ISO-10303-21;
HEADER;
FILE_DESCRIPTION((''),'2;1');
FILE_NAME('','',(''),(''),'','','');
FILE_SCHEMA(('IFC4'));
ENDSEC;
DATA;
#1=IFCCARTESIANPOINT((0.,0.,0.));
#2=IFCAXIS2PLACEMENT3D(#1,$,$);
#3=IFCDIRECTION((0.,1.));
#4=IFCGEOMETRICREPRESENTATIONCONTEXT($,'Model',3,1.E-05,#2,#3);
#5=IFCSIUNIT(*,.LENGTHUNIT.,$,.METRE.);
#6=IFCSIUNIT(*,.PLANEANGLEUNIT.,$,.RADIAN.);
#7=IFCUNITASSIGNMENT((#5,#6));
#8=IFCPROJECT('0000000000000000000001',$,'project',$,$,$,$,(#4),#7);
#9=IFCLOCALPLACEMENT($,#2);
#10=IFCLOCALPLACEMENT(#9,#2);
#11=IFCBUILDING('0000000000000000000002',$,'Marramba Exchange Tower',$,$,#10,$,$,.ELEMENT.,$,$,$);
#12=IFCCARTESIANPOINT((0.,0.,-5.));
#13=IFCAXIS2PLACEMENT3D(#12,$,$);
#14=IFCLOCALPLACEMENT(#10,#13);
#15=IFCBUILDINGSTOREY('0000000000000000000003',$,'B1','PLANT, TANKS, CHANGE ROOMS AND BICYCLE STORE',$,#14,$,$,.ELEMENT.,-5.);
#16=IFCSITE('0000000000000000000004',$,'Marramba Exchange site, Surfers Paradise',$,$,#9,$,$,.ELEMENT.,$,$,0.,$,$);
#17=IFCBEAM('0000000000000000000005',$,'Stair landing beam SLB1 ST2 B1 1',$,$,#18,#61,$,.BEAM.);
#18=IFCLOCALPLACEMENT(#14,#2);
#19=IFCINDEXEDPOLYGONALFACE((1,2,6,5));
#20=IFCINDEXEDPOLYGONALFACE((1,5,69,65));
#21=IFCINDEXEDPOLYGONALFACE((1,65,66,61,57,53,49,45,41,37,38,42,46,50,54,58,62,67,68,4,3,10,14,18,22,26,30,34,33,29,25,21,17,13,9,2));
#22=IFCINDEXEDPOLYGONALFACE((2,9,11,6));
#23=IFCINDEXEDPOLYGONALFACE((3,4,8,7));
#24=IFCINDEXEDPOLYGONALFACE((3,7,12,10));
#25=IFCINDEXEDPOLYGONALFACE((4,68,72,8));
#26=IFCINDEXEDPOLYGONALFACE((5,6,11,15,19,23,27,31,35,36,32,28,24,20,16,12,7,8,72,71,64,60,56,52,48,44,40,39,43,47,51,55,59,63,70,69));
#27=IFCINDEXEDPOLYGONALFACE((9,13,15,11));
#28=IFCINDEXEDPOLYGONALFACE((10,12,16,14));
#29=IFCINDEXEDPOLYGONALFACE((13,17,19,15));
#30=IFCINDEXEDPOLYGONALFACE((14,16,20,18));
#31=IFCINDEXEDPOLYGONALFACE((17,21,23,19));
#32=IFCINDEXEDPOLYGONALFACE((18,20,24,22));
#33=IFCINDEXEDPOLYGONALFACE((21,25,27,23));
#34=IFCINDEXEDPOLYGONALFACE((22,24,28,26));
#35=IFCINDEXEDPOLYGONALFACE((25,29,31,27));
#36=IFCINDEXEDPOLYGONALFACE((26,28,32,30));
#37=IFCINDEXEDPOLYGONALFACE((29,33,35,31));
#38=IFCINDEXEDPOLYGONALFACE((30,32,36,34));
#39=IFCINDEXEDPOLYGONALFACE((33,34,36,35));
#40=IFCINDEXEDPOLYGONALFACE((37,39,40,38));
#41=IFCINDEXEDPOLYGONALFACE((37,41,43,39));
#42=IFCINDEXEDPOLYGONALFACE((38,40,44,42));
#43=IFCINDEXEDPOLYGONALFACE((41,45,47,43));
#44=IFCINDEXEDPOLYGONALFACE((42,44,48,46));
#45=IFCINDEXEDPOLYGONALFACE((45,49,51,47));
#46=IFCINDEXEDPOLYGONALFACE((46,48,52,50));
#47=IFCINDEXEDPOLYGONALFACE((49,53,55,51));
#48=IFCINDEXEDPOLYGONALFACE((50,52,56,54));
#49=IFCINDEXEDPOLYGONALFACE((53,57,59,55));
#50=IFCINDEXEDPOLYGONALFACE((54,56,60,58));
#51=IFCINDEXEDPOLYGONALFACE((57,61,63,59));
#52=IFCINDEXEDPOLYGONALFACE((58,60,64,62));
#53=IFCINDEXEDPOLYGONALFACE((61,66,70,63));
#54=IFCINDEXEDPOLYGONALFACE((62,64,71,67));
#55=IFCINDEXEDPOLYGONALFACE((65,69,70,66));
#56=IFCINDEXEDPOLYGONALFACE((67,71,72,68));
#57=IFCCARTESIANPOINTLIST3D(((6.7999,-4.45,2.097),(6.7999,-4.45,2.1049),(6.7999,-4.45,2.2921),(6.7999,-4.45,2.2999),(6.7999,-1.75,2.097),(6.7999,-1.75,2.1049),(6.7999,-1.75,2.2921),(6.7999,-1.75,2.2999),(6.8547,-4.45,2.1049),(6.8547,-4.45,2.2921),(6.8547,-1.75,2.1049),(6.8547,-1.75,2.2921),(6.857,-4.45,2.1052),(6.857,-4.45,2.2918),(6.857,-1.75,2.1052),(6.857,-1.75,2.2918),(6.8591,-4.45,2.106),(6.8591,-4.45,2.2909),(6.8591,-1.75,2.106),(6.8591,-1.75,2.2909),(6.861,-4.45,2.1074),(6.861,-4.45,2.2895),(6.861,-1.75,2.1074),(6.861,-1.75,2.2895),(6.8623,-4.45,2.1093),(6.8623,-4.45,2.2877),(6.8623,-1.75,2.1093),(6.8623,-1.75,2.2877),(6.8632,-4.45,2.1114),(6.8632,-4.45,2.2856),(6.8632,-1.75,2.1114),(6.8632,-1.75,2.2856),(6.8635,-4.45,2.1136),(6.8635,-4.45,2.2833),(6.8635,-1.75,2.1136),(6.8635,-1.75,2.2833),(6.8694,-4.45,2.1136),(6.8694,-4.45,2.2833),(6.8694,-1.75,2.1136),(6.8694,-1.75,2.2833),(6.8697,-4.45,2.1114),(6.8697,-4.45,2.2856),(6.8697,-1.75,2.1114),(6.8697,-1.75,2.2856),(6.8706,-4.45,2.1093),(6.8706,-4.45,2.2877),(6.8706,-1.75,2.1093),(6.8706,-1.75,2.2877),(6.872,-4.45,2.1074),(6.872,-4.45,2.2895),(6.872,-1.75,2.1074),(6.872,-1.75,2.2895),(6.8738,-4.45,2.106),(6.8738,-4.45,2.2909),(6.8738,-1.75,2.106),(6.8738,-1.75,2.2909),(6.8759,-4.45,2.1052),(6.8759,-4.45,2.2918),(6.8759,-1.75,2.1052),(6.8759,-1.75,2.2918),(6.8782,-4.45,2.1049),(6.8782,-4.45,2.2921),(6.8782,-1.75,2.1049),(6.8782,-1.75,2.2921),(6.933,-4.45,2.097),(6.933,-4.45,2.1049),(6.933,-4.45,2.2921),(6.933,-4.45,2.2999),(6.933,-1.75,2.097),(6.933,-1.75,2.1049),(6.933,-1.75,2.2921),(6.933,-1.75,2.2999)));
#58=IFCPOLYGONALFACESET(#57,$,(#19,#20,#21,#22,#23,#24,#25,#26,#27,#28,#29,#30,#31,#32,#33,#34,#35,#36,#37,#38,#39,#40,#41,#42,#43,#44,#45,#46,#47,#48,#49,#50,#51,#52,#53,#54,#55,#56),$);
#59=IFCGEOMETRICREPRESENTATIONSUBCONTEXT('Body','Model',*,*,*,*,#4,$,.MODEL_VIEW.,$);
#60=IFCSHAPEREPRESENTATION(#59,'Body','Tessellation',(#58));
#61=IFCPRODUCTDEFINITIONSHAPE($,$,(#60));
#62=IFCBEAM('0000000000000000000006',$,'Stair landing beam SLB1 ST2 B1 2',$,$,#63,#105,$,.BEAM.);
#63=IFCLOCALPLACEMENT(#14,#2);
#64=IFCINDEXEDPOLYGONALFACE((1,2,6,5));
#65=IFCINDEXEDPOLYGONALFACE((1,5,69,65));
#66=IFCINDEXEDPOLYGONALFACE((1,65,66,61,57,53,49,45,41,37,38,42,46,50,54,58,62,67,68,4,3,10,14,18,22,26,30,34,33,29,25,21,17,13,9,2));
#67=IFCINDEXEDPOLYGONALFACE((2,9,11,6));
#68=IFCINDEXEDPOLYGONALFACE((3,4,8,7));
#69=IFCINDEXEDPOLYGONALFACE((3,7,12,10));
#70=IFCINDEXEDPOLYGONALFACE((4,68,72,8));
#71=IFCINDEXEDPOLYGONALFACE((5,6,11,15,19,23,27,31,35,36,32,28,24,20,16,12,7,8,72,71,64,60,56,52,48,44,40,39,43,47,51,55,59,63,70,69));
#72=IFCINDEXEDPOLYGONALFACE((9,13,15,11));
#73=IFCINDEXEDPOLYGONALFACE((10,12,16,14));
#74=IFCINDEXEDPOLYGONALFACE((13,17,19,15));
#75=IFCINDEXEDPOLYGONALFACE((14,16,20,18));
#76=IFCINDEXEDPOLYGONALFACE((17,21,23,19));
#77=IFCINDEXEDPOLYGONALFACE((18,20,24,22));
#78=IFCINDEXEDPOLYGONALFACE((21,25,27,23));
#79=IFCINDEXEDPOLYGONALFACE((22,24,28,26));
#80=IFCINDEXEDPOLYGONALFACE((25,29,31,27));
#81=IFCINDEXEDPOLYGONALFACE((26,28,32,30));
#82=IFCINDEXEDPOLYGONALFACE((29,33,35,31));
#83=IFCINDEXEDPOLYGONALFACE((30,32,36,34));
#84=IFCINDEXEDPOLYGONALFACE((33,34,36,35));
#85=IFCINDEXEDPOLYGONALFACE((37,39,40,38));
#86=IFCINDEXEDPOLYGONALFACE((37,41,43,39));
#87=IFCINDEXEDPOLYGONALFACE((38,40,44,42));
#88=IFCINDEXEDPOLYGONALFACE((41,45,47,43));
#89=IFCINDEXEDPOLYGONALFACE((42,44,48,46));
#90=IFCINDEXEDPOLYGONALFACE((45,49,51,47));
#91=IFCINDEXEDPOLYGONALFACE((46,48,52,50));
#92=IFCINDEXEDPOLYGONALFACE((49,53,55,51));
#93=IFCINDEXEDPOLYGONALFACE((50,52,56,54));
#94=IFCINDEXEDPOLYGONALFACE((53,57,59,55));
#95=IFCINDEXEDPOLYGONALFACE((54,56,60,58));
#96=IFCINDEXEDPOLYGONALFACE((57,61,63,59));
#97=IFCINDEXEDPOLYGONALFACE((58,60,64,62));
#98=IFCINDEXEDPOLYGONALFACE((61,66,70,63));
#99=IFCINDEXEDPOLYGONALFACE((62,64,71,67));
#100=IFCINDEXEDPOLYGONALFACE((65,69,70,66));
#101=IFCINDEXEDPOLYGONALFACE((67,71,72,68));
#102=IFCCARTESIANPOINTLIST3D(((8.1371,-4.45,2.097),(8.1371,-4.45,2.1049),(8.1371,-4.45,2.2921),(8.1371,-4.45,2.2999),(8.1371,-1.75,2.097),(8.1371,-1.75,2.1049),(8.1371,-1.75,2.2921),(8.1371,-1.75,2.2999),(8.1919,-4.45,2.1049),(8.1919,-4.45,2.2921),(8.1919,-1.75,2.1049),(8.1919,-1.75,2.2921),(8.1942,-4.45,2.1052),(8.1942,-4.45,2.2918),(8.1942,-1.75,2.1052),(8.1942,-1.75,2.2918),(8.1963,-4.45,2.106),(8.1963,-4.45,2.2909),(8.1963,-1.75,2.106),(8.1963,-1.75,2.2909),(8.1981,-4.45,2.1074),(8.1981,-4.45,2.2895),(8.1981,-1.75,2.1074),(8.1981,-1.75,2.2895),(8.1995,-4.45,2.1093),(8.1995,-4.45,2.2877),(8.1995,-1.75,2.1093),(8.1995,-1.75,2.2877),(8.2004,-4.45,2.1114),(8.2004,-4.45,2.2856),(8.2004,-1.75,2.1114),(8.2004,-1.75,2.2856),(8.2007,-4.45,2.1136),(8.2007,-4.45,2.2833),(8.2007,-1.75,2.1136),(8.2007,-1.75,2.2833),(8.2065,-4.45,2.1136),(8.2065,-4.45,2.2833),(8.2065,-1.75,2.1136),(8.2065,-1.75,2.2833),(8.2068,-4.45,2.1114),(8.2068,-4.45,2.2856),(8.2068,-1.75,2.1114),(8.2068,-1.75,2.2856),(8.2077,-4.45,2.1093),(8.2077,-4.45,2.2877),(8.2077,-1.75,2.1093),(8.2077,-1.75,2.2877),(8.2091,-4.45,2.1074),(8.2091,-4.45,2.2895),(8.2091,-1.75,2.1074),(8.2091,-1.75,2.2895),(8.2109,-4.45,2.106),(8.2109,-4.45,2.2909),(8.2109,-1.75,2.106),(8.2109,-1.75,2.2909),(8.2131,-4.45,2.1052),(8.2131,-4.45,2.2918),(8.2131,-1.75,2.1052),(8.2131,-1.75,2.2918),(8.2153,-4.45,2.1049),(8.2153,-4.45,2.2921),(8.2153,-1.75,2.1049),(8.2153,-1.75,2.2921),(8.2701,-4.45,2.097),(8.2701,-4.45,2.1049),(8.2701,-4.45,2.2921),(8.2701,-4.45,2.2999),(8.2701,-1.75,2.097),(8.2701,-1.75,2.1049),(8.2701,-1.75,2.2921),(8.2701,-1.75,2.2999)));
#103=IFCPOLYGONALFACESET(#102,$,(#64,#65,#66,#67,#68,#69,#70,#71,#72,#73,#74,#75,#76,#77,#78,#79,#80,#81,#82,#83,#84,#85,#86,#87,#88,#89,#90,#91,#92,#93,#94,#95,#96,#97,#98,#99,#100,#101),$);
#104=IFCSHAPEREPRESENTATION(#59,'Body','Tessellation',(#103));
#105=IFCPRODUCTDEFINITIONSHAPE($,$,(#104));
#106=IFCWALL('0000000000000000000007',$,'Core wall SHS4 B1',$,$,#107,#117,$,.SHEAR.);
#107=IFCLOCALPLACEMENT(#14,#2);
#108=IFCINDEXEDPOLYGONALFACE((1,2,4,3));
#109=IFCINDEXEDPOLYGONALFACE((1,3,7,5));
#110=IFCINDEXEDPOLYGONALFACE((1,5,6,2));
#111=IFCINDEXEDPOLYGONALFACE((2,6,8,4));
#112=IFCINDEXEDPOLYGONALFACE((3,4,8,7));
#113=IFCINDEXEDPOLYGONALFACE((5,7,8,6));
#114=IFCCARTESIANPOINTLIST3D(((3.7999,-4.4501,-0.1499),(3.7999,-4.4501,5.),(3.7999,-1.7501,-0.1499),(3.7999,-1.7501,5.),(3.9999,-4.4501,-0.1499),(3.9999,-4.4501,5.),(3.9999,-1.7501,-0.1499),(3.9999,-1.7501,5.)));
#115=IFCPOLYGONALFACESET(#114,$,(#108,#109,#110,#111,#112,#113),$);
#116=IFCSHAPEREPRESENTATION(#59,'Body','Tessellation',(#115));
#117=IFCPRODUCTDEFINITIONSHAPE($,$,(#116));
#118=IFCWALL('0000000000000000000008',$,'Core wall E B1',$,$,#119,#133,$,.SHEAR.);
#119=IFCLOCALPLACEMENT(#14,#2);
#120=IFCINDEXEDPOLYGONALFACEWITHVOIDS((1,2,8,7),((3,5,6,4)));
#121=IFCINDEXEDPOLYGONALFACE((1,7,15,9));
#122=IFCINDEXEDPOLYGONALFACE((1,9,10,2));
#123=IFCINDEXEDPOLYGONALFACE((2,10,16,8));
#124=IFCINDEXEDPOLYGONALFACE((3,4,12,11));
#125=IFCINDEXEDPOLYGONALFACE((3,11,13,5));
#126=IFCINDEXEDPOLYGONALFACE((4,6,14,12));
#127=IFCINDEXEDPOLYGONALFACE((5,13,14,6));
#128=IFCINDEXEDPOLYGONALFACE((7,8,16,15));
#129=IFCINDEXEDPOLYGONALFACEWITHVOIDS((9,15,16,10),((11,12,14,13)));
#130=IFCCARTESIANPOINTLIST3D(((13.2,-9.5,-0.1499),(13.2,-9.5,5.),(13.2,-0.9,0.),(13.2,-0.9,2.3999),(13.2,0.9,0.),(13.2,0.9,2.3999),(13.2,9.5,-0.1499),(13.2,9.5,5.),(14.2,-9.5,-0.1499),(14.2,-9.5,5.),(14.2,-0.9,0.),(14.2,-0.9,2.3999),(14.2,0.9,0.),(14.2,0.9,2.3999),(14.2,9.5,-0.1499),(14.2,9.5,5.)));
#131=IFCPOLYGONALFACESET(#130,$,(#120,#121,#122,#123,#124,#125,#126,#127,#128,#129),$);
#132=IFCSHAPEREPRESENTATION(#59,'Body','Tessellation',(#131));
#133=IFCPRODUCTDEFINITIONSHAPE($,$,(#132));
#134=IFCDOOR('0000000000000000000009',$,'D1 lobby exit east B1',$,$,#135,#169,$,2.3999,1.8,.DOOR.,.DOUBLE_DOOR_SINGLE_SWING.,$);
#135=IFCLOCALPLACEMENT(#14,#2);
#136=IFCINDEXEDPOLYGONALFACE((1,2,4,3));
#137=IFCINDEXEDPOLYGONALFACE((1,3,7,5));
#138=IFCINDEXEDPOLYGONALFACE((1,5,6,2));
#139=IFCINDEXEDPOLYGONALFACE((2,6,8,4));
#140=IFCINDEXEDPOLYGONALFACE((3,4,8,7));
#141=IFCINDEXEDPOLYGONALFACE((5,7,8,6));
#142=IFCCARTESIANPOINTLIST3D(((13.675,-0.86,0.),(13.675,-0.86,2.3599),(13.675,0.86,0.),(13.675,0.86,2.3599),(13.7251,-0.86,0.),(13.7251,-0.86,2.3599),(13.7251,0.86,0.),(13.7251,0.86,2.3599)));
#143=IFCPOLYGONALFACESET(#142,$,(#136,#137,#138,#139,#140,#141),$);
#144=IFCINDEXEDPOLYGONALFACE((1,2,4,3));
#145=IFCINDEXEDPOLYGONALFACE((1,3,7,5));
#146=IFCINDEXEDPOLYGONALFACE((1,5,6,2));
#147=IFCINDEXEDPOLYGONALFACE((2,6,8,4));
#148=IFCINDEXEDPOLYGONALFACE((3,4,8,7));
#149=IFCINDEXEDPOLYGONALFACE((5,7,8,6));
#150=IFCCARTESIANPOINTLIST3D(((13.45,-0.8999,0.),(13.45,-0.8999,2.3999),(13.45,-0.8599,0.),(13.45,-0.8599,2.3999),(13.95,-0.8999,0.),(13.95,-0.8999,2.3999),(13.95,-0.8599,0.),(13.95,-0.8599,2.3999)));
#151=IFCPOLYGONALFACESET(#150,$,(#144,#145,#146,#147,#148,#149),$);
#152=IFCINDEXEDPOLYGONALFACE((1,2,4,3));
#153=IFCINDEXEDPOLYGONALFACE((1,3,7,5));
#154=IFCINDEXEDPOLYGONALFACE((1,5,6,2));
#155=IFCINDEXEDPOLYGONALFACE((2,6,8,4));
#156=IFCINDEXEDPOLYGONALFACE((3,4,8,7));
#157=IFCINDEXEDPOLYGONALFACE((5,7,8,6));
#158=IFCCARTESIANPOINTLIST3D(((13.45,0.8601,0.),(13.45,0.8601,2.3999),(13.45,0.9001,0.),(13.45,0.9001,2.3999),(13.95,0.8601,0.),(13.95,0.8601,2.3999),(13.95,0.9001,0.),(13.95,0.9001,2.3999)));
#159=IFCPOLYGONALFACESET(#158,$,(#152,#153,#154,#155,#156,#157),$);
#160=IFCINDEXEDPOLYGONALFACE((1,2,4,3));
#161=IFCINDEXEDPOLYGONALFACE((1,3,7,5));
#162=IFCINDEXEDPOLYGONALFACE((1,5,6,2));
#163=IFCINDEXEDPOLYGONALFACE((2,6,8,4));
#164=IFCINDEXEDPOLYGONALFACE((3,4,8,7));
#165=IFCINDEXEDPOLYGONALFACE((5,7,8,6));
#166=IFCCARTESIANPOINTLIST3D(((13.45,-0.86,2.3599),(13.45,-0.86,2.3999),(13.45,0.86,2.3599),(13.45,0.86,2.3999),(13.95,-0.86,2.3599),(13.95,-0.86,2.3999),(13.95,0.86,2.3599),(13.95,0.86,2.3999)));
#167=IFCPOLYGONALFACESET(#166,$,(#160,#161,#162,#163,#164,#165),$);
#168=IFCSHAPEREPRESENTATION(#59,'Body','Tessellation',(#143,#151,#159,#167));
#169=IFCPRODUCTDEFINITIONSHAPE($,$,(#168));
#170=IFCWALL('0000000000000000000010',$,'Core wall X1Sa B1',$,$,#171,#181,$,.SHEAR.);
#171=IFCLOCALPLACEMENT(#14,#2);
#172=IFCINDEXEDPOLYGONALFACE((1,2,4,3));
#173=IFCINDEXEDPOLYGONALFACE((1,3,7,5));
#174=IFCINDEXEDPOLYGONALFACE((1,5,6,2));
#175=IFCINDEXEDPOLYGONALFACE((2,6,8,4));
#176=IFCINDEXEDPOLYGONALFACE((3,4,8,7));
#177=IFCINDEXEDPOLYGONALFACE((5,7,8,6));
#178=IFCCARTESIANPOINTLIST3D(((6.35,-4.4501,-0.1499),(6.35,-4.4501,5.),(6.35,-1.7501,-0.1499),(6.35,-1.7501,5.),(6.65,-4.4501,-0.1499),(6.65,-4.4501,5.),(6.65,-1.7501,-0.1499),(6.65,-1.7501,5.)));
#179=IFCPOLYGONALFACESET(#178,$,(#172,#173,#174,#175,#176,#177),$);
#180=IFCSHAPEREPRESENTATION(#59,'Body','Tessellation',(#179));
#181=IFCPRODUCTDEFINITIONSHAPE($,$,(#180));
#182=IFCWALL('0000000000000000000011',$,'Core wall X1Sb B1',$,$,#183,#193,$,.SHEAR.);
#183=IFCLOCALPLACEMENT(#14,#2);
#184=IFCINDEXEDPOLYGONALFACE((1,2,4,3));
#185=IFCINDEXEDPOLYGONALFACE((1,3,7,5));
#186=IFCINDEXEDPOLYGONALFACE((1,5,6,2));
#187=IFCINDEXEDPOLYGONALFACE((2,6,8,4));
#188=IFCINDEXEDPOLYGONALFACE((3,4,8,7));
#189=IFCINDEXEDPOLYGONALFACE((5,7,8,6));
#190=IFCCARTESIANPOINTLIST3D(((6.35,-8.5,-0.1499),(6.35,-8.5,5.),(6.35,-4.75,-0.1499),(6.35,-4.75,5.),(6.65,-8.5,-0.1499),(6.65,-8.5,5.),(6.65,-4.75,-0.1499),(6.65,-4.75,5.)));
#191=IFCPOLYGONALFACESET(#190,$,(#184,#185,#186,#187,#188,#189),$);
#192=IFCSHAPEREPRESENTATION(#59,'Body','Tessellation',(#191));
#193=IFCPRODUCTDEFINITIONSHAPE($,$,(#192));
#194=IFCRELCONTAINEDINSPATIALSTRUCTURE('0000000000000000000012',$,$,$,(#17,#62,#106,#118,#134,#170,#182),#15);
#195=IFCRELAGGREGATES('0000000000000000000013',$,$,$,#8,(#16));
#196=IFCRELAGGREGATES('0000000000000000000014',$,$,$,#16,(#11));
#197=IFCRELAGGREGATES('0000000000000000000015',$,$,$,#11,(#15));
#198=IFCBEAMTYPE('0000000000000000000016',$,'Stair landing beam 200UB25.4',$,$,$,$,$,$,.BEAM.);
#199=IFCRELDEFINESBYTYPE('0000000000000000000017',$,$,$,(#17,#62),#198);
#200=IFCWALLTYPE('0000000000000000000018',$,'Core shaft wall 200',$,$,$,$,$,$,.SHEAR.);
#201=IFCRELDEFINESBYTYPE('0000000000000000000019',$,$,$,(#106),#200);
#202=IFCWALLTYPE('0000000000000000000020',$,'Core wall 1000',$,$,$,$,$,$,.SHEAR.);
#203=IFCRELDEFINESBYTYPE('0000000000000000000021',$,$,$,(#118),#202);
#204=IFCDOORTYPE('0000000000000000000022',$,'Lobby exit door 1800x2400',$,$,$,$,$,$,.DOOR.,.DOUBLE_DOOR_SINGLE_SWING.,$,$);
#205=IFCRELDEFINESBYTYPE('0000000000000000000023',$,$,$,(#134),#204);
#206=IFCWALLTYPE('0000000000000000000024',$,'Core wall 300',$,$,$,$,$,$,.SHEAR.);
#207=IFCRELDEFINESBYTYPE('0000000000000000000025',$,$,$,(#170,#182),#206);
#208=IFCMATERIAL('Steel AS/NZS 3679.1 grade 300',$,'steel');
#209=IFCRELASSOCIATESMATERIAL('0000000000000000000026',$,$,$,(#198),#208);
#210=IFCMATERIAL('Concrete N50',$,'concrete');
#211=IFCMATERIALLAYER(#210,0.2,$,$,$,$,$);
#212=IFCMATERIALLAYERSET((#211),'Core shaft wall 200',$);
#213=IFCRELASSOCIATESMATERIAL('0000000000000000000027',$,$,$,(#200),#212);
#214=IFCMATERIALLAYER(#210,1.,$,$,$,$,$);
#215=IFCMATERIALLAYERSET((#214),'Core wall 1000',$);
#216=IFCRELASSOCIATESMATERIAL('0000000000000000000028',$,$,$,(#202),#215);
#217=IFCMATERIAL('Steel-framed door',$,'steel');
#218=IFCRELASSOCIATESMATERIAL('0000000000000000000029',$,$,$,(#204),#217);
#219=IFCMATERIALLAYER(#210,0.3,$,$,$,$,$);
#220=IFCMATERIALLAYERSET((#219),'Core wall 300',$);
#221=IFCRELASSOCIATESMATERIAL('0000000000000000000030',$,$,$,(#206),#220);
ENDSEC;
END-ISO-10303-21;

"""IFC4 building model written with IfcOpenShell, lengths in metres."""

from ifc_helpers import new_model, si_unit, direction, frame, frame_2d, origin, origin_2d, place, context, subcontext, project, spatial, rectangle, i_section, extrude, material, layer, layer_set, material_profile, profile_set, type_object, element, fill, save


model = new_model("IFC4")

# Units and contexts
model_context = context("Model", 3, precision=1e-05, world=origin(), true_north=direction((0.0, 1.0)))
body_context = subcontext(model_context, "Body", "Model", "MODEL_VIEW")
ifc_project = project(units=[si_unit("LENGTHUNIT", "METRE"), si_unit("PLANEANGLEUNIT", "RADIAN")], contexts=[model_context])

# Site, building, storey
site_placement = place(None, origin())
site = spatial("IfcSite", under=ifc_project, at=site_placement, Name="Marramba Exchange site, Surfers Paradise", CompositionType="ELEMENT", RefElevation=0.0)
building_placement = place(site_placement, origin())
building = spatial("IfcBuilding", under=site, at=building_placement, Name="Marramba Exchange Tower", CompositionType="ELEMENT")
storey_placement = place(building_placement, frame((0.0, 0.0, -5.0)))
storey = spatial("IfcBuildingStorey", under=building, at=storey_placement, Name="B1", Description="PLANT, TANKS, CHANGE ROOMS AND BICYCLE STORE", CompositionType="ELEMENT", Elevation=-5.0)

# Shared definitions
ifc_material_1 = material(Name="Concrete N50", Category="concrete")

# Beams
ifc_material_2 = material(Name="Steel AS/NZS 3679.1 grade 300", Category="steel")
ifc_material_profile_1 = material_profile(ifc_material_2, i_section(OverallWidth=0.1331, OverallDepth=0.2029, WebThickness=0.0059, FlangeThickness=0.0078, FilletRadius=0.0088, at=origin_2d()), Name="200UB25.4")
ifc_profile_set_1 = profile_set([ifc_material_profile_1], Name="Steel AS/NZS 3679.1 grade 300")
beam_type = type_object("IfcBeamType", Name="Stair landing beam 200UB25.4", PredefinedType="BEAM", material=ifc_profile_set_1)
for number, where, z_axis, x_axis, name in (
    (1, (6.8665, -4.45, 2.1985), (0.0, 1.0, 0.0), (-1.0, 0.0, 0.0), "Stair landing beam SLB1 ST2 B1 1"),
    (2, (8.2036, -4.45, 2.1985), (0.0, 1.0, 0.0), (-1.0, 0.0, 0.0), "Stair landing beam SLB1 ST2 B1 2"),
):
    element("IfcBeam", number, at=place(storey_placement, frame(where, z_axis=z_axis, x_axis=x_axis)), inside=storey, type_object=beam_type, Name=name, PredefinedType="BEAM", context=body_context, shape_type="SweptSolid", body=[
        extrude(i_section(OverallWidth=0.1331, OverallDepth=0.2029, WebThickness=0.0059, FlangeThickness=0.0078, FilletRadius=0.0088, at=origin_2d()), origin(), (0.0, 0.0, 1.0), 2.7),
    ])

# Wall
ifc_layer_1 = layer(ifc_material_1, 0.2)
ifc_layer_set_1 = layer_set([ifc_layer_1], Name="Core shaft wall 200")
wall_type_1 = type_object("IfcWallType", Name="Core shaft wall 200", PredefinedType="SHEAR", material=ifc_layer_set_1)
wall_1_placement = place(storey_placement, frame((3.8999, -1.75, -0.1499), z_axis=(0.0, 0.0, 1.0), x_axis=(0.0, -1.0, 0.0)))
element("IfcWall", 3, at=wall_1_placement, inside=storey, type_object=wall_type_1, Name="Core wall SHS4 B1", PredefinedType="SHEAR", context=body_context, shape_type="SweptSolid", body=[
    extrude(rectangle(XDim=2.7, YDim=0.2, at=frame_2d((1.3501, 0.0))), origin(), (0.0, 0.0, 1.0), 5.1499),
])

# Wall, opening, door
ifc_layer_2 = layer(ifc_material_1, 1.0)
ifc_layer_set_2 = layer_set([ifc_layer_2], Name="Core wall 1000")
wall_type_2 = type_object("IfcWallType", Name="Core wall 1000", PredefinedType="SHEAR", material=ifc_layer_set_2)
wall_2_placement = place(storey_placement, frame((13.7, -9.5, -0.1499), z_axis=(0.0, 0.0, 1.0), x_axis=(0.0, 1.0, 0.0)))
wall_2 = element("IfcWall", 4, at=wall_2_placement, inside=storey, type_object=wall_type_2, Name="Core wall E B1", PredefinedType="SHEAR", context=body_context, shape_type="SweptSolid", body=[
    extrude(rectangle(XDim=19.0, YDim=1.0, at=frame_2d((9.5, 0.0))), origin(), (0.0, 0.0, 1.0), 5.1499),
])
opening_1_placement = place(wall_2_placement, frame((8.6001, 0.0, 0.1499)))
opening_1 = element("IfcOpeningElement", 5, at=opening_1_placement, cuts=wall_2, PredefinedType="OPENING", context=body_context, shape_type="SweptSolid", body=[
    extrude(rectangle(XDim=1.8, YDim=2.3999, at=frame_2d((0.8999, 1.2))), frame((0.0, 0.51, 0.0), z_axis=(0.0, -1.0, 0.0), x_axis=(1.0, 0.0, 0.0)), (0.0, 0.0, 1.0), 1.02),
])
ifc_material_3 = material(Name="Steel-framed door", Category="steel")
door_type_1 = type_object("IfcDoorType", Name="Lobby exit door 1800x2400", OperationType="DOUBLE_DOOR_SINGLE_SWING", PredefinedType="DOOR", material=ifc_material_3)
door_1_placement = place(opening_1_placement, origin())
door_1 = element("IfcDoor", 6, at=door_1_placement, inside=storey, type_object=door_type_1, Name="D1 lobby exit east B1", OperationType="DOUBLE_DOOR_SINGLE_SWING", OverallHeight=2.3999, OverallWidth=1.8, PredefinedType="DOOR", context=body_context, shape_type="SweptSolid", body=[
    extrude(rectangle(XDim=1.72, YDim=2.3599, at=frame_2d((0.8999, 1.1799))), frame((0.0, 0.0249, 0.0), z_axis=(0.0, -1.0, 0.0), x_axis=(1.0, 0.0, 0.0)), (0.0, 0.0, 1.0), 0.05),
    extrude(rectangle(XDim=0.04, YDim=2.3999, at=frame_2d((0.02, 1.2))), frame((0.0, 0.25, 0.0), z_axis=(0.0, -1.0, 0.0), x_axis=(1.0, 0.0, 0.0)), (0.0, 0.0, 1.0), 0.5),
    extrude(rectangle(XDim=0.04, YDim=2.3999, at=frame_2d((1.78, 1.2))), frame((0.0, 0.25, 0.0), z_axis=(0.0, -1.0, 0.0), x_axis=(1.0, 0.0, 0.0)), (0.0, 0.0, 1.0), 0.5),
    extrude(rectangle(XDim=1.72, YDim=0.04, at=frame_2d((0.8999, 2.3799))), frame((0.0, 0.25, 0.0), z_axis=(0.0, -1.0, 0.0), x_axis=(1.0, 0.0, 0.0)), (0.0, 0.0, 1.0), 0.5),
])
fill(opening_1, door_1)

# Walls
ifc_layer_3 = layer(ifc_material_1, 0.3)
ifc_layer_set_3 = layer_set([ifc_layer_3], Name="Core wall 300")
wall_type_3 = type_object("IfcWallType", Name="Core wall 300", PredefinedType="SHEAR", material=ifc_layer_set_3)
wall_3_placement = place(storey_placement, frame((6.5, -1.75, -0.1499), z_axis=(0.0, 0.0, 1.0), x_axis=(0.0, -1.0, 0.0)))
element("IfcWall", 7, at=wall_3_placement, inside=storey, type_object=wall_type_3, Name="Core wall X1Sa B1", PredefinedType="SHEAR", context=body_context, shape_type="SweptSolid", body=[
    extrude(rectangle(XDim=2.7, YDim=0.3, at=frame_2d((1.3501, 0.0))), origin(), (0.0, 0.0, 1.0), 5.1499),
])
wall_4_placement = place(storey_placement, frame((6.5, -4.75, -0.1499), z_axis=(0.0, 0.0, 1.0), x_axis=(0.0, -1.0, 0.0)))
element("IfcWall", 8, at=wall_4_placement, inside=storey, type_object=wall_type_3, Name="Core wall X1Sb B1", PredefinedType="SHEAR", context=body_context, shape_type="SweptSolid", body=[
    extrude(rectangle(XDim=3.75, YDim=0.3, at=frame_2d((1.875, 0.0))), origin(), (0.0, 0.0, 1.0), 5.1499),
])

save(model, "model.ifc")
